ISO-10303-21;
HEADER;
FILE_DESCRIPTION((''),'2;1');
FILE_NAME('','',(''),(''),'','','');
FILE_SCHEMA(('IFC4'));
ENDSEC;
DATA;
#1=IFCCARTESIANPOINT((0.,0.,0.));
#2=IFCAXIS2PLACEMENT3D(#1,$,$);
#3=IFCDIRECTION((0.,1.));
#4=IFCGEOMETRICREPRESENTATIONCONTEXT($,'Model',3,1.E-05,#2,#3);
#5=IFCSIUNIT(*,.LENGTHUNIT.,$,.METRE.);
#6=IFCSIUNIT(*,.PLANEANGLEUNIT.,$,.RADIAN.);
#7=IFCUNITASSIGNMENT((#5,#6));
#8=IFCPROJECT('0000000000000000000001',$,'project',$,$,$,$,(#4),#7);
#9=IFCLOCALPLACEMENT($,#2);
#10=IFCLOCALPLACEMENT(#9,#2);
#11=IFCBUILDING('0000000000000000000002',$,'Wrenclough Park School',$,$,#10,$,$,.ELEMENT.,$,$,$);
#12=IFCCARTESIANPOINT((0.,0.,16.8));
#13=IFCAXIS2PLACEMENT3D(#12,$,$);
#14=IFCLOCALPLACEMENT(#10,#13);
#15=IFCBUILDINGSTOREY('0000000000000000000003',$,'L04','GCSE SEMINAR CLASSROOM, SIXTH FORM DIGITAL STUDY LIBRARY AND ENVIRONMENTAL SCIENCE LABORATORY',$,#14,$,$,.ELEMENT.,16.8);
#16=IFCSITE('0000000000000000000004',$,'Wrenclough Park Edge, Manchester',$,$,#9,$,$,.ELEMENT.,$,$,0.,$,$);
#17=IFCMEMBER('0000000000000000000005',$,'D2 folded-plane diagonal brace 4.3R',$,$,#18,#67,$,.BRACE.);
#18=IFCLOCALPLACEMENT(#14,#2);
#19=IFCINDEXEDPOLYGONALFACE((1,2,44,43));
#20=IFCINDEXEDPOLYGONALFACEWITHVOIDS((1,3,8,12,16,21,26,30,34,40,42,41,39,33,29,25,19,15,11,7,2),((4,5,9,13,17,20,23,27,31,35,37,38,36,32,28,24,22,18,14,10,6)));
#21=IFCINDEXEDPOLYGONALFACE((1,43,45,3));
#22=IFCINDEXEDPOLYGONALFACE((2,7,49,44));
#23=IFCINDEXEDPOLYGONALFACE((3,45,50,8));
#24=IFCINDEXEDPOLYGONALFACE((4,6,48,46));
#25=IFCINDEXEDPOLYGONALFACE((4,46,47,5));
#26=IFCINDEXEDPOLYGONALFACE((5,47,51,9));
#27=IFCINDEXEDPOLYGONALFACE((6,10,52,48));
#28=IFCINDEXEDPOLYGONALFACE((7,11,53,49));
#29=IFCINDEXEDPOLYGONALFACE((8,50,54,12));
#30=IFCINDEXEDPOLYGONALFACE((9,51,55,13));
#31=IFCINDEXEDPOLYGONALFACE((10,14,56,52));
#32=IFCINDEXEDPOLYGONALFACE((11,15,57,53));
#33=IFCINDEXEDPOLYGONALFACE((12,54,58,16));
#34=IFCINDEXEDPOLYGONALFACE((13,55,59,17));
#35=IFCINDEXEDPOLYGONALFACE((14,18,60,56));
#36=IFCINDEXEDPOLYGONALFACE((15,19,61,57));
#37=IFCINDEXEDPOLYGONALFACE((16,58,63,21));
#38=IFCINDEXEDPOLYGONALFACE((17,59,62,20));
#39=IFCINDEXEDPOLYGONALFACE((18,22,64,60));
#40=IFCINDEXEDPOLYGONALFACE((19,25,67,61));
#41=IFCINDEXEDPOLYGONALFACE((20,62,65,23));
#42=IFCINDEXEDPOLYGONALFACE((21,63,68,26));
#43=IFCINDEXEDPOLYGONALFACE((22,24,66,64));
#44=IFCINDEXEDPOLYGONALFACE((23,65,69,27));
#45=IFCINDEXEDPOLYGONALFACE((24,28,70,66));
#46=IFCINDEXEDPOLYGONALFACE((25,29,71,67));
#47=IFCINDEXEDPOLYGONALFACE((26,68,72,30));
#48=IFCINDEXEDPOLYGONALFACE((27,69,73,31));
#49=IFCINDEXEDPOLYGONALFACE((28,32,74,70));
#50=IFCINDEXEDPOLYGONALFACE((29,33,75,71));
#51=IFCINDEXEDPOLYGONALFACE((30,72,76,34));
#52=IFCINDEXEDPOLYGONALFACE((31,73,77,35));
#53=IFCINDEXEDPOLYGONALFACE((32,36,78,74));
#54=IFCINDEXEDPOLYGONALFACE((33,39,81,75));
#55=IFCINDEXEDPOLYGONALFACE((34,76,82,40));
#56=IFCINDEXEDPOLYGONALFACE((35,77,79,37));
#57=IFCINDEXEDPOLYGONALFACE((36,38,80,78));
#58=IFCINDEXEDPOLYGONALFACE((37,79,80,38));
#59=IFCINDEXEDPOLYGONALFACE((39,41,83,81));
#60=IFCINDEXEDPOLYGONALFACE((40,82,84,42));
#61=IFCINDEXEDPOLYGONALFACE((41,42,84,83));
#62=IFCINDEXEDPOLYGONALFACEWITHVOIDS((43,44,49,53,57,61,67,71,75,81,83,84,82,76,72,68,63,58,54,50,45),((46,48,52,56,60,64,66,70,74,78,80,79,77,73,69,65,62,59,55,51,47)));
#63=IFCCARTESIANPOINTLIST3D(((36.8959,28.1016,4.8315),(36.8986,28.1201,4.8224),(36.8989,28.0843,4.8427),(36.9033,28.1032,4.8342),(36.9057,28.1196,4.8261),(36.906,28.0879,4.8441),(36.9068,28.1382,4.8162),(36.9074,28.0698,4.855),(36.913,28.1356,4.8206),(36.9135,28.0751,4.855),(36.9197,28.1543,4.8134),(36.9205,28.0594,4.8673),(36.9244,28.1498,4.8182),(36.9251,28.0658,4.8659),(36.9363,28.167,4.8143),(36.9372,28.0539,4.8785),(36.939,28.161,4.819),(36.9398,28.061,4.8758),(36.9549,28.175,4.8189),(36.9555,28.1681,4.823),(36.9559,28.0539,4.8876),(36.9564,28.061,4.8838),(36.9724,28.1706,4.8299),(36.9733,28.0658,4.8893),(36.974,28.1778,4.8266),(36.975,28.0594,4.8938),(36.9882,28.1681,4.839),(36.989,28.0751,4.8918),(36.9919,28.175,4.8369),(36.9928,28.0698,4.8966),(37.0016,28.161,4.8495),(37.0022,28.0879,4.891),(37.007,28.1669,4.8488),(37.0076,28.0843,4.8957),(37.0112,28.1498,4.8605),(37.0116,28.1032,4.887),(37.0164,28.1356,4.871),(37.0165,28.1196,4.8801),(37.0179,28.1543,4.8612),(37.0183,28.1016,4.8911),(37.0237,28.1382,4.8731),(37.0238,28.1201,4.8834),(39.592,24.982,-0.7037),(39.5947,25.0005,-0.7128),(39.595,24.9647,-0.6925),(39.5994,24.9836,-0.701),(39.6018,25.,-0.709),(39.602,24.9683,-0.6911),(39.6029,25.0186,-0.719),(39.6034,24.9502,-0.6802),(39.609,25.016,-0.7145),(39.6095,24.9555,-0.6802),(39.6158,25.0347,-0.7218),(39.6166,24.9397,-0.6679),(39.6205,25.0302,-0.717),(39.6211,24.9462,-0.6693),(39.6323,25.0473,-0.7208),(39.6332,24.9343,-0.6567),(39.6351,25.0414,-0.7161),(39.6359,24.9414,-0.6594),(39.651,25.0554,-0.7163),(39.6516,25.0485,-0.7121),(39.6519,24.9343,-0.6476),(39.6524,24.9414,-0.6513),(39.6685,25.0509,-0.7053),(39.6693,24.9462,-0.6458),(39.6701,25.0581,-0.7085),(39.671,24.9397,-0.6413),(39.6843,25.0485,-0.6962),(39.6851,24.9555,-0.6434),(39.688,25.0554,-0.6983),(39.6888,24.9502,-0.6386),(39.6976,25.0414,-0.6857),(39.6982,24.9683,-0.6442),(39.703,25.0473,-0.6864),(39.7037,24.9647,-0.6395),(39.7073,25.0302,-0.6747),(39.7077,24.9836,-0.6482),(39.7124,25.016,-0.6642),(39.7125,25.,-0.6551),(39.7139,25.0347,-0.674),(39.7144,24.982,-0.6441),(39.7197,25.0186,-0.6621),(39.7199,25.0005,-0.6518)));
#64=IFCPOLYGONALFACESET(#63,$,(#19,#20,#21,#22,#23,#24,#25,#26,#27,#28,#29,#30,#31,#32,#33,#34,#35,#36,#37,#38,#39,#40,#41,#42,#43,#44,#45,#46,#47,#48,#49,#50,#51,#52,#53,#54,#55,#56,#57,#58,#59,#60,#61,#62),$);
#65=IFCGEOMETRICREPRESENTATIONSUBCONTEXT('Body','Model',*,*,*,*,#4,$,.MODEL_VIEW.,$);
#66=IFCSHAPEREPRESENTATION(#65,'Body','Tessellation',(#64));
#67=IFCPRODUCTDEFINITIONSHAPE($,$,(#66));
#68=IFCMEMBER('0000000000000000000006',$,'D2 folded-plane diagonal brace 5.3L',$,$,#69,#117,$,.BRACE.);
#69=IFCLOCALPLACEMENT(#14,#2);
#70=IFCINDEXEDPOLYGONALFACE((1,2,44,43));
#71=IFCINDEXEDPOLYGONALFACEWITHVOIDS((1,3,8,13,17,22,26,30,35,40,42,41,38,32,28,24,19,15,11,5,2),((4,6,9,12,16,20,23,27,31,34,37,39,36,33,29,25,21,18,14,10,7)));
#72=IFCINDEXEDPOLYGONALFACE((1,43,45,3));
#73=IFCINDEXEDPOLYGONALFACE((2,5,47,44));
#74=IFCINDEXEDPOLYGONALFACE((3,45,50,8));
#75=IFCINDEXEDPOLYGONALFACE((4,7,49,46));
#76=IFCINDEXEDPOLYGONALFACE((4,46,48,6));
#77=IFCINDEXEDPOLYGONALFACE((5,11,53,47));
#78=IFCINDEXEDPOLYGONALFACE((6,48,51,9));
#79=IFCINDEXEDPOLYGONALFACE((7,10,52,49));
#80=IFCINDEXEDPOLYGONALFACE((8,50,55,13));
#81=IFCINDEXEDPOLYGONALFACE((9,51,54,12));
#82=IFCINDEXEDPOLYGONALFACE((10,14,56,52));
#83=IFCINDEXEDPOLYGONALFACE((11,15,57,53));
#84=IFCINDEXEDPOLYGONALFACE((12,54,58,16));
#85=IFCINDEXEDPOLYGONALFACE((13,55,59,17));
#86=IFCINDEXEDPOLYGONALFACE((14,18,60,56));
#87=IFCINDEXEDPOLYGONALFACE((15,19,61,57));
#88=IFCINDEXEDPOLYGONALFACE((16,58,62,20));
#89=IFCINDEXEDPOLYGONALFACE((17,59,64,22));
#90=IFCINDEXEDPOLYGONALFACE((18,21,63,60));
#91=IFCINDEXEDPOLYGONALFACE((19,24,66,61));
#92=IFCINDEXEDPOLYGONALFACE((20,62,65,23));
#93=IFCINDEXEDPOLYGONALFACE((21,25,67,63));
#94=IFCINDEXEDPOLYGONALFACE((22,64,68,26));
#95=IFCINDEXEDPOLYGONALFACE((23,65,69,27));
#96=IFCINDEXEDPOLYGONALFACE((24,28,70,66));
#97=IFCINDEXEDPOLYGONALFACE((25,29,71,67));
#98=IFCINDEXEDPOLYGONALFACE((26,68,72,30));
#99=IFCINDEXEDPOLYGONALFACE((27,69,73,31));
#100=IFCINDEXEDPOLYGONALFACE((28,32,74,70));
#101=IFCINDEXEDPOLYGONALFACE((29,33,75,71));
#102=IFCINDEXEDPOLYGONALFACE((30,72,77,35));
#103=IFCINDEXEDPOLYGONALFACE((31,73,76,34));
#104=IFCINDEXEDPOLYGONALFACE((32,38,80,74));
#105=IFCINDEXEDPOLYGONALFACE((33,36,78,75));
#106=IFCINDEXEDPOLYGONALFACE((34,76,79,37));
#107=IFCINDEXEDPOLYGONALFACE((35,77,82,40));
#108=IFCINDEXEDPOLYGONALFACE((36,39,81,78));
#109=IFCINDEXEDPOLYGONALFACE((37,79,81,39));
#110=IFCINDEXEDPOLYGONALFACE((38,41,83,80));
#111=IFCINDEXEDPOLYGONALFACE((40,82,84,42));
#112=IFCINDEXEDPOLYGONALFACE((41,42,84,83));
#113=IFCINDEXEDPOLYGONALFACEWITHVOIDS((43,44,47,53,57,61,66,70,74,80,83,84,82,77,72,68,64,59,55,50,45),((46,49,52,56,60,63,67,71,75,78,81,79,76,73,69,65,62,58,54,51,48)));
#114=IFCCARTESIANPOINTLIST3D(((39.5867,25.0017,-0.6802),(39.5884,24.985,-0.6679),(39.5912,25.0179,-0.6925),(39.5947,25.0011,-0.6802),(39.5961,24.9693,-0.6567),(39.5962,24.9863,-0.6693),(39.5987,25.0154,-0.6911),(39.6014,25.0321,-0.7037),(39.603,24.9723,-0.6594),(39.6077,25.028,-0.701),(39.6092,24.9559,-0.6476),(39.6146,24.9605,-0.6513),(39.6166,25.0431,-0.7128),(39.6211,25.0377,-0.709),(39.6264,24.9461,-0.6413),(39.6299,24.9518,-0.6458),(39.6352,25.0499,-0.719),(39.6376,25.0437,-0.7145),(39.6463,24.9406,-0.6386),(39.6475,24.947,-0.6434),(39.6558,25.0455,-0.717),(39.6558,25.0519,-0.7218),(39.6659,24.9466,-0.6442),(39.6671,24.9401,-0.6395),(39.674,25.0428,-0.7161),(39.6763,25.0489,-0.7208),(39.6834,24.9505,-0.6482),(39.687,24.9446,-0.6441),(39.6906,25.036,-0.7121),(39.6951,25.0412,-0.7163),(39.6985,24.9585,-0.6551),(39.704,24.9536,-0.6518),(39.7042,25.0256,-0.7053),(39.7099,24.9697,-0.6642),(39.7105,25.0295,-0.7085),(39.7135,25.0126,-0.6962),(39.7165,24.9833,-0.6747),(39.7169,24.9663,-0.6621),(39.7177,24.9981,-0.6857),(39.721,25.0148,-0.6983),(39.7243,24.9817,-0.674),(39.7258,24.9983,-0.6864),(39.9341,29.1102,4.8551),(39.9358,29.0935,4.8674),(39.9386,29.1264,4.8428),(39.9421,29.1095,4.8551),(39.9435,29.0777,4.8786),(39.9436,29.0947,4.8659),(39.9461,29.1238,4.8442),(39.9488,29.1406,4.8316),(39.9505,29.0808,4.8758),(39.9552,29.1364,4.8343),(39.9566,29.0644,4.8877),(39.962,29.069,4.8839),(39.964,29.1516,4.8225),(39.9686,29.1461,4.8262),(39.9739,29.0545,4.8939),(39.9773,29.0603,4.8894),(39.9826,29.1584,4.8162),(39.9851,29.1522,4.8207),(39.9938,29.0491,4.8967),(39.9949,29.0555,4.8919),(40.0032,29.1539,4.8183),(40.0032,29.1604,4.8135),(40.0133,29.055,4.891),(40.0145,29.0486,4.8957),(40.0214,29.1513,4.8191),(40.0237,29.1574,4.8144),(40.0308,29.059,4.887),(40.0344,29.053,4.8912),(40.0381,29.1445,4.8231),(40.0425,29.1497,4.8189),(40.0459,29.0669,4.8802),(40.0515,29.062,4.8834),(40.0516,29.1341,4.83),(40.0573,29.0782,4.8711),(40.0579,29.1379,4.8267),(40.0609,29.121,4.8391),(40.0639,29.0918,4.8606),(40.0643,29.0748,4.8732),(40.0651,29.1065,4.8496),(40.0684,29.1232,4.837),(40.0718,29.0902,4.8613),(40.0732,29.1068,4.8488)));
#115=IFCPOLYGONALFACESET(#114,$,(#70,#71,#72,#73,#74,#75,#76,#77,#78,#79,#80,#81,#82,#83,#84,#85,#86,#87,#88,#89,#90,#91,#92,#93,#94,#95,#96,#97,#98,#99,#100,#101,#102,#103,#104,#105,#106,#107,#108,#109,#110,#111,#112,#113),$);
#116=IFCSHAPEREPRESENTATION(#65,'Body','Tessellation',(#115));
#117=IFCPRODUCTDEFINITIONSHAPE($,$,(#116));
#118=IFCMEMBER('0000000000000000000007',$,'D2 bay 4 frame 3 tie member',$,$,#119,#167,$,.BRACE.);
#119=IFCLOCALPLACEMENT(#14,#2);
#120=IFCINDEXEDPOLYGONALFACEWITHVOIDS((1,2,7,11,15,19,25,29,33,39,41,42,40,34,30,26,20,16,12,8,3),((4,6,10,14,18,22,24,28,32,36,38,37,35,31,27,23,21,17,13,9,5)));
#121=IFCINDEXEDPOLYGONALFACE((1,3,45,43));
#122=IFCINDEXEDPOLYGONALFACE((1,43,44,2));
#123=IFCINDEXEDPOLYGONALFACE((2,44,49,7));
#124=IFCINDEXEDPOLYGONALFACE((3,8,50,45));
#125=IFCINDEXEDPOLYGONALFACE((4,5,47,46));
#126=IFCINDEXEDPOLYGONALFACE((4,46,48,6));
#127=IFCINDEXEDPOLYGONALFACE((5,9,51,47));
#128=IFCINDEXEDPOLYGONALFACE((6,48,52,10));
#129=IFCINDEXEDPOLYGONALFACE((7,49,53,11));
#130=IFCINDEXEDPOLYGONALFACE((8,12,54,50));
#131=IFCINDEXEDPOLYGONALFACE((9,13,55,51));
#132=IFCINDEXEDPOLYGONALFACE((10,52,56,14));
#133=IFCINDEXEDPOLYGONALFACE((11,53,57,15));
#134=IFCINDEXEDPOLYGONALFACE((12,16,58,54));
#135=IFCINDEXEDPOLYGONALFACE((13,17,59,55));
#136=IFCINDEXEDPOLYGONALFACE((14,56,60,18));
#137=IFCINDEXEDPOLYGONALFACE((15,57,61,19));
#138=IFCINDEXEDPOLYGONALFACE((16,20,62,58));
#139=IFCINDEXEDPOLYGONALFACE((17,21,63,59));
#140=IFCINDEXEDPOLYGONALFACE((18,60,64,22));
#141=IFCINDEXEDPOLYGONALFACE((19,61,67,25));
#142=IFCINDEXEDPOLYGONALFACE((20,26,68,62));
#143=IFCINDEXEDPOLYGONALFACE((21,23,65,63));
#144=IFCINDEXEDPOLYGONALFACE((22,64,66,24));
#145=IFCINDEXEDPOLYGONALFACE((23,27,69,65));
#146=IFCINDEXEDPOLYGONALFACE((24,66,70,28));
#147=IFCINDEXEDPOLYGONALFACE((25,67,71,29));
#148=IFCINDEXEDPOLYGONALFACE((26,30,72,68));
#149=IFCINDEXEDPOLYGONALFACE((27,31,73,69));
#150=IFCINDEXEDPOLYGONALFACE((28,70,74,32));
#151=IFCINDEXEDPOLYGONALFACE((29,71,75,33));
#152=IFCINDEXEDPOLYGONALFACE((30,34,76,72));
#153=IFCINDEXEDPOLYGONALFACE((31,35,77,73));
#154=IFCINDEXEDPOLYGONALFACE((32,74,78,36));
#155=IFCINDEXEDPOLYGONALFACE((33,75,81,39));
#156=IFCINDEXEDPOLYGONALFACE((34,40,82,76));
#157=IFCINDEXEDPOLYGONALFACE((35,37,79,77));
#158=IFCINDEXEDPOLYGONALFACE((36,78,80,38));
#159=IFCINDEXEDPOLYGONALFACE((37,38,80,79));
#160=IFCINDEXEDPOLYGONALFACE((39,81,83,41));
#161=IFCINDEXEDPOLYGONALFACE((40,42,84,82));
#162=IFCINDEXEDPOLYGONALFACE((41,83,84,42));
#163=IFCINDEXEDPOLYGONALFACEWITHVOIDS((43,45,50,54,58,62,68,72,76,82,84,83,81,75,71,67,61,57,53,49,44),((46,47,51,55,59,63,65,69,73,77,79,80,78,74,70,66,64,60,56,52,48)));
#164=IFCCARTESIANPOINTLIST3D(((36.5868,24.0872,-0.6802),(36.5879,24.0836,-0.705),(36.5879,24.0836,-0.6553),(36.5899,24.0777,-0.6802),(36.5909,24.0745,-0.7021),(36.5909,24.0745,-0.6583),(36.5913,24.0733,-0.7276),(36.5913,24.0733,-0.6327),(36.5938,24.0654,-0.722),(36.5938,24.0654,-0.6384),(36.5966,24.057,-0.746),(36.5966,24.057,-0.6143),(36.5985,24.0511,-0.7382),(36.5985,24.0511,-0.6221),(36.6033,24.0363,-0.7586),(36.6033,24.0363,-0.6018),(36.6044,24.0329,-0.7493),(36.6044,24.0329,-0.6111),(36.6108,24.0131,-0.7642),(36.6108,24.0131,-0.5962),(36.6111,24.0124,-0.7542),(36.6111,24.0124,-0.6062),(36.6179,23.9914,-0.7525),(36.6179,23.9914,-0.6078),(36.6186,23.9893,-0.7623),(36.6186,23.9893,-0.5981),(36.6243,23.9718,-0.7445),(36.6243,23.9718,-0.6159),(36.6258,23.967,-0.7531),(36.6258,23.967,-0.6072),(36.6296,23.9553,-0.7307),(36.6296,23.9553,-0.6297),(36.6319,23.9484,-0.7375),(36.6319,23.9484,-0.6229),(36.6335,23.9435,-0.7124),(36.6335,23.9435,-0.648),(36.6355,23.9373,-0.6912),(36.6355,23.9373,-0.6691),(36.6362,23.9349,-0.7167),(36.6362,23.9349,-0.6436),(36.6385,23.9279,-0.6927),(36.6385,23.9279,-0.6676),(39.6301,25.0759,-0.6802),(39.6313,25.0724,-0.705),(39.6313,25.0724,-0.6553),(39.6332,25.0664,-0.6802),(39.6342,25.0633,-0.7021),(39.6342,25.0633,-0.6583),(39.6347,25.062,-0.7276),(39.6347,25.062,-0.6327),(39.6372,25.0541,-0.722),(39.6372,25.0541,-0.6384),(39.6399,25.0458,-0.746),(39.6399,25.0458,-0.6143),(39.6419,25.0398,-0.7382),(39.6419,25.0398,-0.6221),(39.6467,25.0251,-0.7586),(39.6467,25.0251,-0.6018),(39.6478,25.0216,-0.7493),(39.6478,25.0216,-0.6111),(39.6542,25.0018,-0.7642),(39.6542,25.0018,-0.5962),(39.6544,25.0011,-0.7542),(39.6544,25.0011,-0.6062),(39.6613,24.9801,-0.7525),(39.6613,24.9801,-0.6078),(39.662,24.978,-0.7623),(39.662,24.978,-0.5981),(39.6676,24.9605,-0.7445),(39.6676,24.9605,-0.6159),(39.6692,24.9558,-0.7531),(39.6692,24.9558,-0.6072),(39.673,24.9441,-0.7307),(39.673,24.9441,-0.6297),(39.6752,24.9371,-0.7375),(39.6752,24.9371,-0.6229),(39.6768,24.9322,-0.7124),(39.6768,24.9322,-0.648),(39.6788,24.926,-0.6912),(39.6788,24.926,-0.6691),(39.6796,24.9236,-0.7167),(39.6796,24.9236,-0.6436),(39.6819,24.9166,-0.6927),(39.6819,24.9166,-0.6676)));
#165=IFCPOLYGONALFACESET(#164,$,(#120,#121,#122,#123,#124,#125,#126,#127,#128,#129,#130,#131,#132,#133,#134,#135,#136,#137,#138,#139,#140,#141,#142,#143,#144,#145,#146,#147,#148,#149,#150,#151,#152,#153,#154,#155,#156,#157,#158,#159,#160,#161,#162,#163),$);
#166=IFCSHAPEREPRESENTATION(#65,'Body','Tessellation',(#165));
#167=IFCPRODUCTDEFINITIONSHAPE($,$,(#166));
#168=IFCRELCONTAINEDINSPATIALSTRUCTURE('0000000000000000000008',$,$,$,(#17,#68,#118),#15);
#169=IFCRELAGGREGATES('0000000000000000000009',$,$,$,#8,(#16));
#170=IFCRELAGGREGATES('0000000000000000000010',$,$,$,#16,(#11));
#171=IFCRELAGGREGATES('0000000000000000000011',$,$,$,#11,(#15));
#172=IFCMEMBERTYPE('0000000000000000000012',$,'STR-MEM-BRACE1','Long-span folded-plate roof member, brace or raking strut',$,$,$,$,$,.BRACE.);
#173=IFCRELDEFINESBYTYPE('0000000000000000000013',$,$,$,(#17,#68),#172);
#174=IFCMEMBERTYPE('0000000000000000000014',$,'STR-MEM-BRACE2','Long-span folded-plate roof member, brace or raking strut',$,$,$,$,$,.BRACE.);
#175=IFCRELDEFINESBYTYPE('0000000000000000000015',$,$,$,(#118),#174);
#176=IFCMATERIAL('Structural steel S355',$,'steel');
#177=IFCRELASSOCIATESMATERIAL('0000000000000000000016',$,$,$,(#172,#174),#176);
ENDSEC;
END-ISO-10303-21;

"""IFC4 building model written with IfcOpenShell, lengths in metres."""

from ifc_helpers import new_model, si_unit, direction, frame, origin, origin_2d, place, context, subcontext, project, spatial, hollow_circle, extrude, material, material_profile, profile_set, type_object, element, save


model = new_model("IFC4")

# Units and contexts
model_context = context("Model", 3, precision=1e-05, world=origin(), true_north=direction((0.0, 1.0)))
body_context = subcontext(model_context, "Body", "Model", "MODEL_VIEW")
ifc_project = project(units=[si_unit("LENGTHUNIT", "METRE"), si_unit("PLANEANGLEUNIT", "RADIAN")], contexts=[model_context])

# Site, building, storey
site_placement = place(None, origin())
site = spatial("IfcSite", under=ifc_project, at=site_placement, Name="Wrenclough Park Edge, Manchester", CompositionType="ELEMENT", RefElevation=0.0)
building_placement = place(site_placement, origin())
building = spatial("IfcBuilding", under=site, at=building_placement, Name="Wrenclough Park School", CompositionType="ELEMENT")
storey_placement = place(building_placement, frame((0.0, 0.0, 16.8)))
storey = spatial("IfcBuildingStorey", under=building, at=storey_placement, Name="L04", Description="GCSE SEMINAR CLASSROOM, SIXTH FORM DIGITAL STUDY LIBRARY AND ENVIRONMENTAL SCIENCE LABORATORY", CompositionType="ELEMENT", Elevation=16.8)

# Members
ifc_material = material(Name="Structural steel S355", Category="steel")
ifc_material_profile_1 = material_profile(ifc_material, hollow_circle(Radius=0.0698, WallThickness=0.0081, at=origin_2d()), Name="CHS 139.7x8.0")
ifc_profile_set_1 = profile_set([ifc_material_profile_1], Name="Structural steel S355")
member_type_1 = type_object("IfcMemberType", Name="STR-MEM-BRACE1", Description="Long-span folded-plate roof member, brace or raking strut", PredefinedType="BRACE", material=ifc_profile_set_1)
for number, where, z_axis, x_axis, name in (
    (1, (39.6562, 24.9958, -0.6802), (-0.390613, 0.451984, 0.801955), (-0.756605, -0.653873, 0.0), "D2 folded-plane diagonal brace 4.3R"),
    (2, (39.6562, 24.9958, -0.6802), (0.050335, 0.595248, 0.801964), (-0.996444, 0.084261, 0.0), "D2 folded-plane diagonal brace 5.3L"),
):
    element("IfcMember", number, at=place(storey_placement, frame(where, z_axis=z_axis, x_axis=x_axis)), inside=storey, type_object=member_type_1, Name=name, PredefinedType="BRACE", context=body_context, shape_type="SweptSolid", body=[
        extrude(hollow_circle(Radius=0.0698, WallThickness=0.0081, at=origin_2d()), origin(), (0.0, 0.0, 1.0), 6.9021),
    ])
ifc_material_profile_2 = material_profile(ifc_material, hollow_circle(Radius=0.0842, WallThickness=0.01, at=origin_2d()), Name="CHS 168.3x10.0")
ifc_profile_set_2 = profile_set([ifc_material_profile_2], Name="Structural steel S355")
member_type_2 = type_object("IfcMemberType", Name="STR-MEM-BRACE2", Description="Long-span folded-plate roof member, brace or raking strut", PredefinedType="BRACE", material=ifc_profile_set_2)
for number, where, z_axis, x_axis, name in (
    (3, (36.6128, 24.0071, -0.6802), (0.951067, 0.308986, 0.0), (-0.308986, 0.951067, 0.0), "D2 bay 4 frame 3 tie member"),
):
    element("IfcMember", number, at=place(storey_placement, frame(where, z_axis=z_axis, x_axis=x_axis)), inside=storey, type_object=member_type_2, Name=name, PredefinedType="BRACE", context=body_context, shape_type="SweptSolid", body=[
        extrude(hollow_circle(Radius=0.0842, WallThickness=0.01, at=origin_2d()), origin(), (0.0, 0.0, 1.0), 3.2),
    ])

save(model, "model.ifc")
